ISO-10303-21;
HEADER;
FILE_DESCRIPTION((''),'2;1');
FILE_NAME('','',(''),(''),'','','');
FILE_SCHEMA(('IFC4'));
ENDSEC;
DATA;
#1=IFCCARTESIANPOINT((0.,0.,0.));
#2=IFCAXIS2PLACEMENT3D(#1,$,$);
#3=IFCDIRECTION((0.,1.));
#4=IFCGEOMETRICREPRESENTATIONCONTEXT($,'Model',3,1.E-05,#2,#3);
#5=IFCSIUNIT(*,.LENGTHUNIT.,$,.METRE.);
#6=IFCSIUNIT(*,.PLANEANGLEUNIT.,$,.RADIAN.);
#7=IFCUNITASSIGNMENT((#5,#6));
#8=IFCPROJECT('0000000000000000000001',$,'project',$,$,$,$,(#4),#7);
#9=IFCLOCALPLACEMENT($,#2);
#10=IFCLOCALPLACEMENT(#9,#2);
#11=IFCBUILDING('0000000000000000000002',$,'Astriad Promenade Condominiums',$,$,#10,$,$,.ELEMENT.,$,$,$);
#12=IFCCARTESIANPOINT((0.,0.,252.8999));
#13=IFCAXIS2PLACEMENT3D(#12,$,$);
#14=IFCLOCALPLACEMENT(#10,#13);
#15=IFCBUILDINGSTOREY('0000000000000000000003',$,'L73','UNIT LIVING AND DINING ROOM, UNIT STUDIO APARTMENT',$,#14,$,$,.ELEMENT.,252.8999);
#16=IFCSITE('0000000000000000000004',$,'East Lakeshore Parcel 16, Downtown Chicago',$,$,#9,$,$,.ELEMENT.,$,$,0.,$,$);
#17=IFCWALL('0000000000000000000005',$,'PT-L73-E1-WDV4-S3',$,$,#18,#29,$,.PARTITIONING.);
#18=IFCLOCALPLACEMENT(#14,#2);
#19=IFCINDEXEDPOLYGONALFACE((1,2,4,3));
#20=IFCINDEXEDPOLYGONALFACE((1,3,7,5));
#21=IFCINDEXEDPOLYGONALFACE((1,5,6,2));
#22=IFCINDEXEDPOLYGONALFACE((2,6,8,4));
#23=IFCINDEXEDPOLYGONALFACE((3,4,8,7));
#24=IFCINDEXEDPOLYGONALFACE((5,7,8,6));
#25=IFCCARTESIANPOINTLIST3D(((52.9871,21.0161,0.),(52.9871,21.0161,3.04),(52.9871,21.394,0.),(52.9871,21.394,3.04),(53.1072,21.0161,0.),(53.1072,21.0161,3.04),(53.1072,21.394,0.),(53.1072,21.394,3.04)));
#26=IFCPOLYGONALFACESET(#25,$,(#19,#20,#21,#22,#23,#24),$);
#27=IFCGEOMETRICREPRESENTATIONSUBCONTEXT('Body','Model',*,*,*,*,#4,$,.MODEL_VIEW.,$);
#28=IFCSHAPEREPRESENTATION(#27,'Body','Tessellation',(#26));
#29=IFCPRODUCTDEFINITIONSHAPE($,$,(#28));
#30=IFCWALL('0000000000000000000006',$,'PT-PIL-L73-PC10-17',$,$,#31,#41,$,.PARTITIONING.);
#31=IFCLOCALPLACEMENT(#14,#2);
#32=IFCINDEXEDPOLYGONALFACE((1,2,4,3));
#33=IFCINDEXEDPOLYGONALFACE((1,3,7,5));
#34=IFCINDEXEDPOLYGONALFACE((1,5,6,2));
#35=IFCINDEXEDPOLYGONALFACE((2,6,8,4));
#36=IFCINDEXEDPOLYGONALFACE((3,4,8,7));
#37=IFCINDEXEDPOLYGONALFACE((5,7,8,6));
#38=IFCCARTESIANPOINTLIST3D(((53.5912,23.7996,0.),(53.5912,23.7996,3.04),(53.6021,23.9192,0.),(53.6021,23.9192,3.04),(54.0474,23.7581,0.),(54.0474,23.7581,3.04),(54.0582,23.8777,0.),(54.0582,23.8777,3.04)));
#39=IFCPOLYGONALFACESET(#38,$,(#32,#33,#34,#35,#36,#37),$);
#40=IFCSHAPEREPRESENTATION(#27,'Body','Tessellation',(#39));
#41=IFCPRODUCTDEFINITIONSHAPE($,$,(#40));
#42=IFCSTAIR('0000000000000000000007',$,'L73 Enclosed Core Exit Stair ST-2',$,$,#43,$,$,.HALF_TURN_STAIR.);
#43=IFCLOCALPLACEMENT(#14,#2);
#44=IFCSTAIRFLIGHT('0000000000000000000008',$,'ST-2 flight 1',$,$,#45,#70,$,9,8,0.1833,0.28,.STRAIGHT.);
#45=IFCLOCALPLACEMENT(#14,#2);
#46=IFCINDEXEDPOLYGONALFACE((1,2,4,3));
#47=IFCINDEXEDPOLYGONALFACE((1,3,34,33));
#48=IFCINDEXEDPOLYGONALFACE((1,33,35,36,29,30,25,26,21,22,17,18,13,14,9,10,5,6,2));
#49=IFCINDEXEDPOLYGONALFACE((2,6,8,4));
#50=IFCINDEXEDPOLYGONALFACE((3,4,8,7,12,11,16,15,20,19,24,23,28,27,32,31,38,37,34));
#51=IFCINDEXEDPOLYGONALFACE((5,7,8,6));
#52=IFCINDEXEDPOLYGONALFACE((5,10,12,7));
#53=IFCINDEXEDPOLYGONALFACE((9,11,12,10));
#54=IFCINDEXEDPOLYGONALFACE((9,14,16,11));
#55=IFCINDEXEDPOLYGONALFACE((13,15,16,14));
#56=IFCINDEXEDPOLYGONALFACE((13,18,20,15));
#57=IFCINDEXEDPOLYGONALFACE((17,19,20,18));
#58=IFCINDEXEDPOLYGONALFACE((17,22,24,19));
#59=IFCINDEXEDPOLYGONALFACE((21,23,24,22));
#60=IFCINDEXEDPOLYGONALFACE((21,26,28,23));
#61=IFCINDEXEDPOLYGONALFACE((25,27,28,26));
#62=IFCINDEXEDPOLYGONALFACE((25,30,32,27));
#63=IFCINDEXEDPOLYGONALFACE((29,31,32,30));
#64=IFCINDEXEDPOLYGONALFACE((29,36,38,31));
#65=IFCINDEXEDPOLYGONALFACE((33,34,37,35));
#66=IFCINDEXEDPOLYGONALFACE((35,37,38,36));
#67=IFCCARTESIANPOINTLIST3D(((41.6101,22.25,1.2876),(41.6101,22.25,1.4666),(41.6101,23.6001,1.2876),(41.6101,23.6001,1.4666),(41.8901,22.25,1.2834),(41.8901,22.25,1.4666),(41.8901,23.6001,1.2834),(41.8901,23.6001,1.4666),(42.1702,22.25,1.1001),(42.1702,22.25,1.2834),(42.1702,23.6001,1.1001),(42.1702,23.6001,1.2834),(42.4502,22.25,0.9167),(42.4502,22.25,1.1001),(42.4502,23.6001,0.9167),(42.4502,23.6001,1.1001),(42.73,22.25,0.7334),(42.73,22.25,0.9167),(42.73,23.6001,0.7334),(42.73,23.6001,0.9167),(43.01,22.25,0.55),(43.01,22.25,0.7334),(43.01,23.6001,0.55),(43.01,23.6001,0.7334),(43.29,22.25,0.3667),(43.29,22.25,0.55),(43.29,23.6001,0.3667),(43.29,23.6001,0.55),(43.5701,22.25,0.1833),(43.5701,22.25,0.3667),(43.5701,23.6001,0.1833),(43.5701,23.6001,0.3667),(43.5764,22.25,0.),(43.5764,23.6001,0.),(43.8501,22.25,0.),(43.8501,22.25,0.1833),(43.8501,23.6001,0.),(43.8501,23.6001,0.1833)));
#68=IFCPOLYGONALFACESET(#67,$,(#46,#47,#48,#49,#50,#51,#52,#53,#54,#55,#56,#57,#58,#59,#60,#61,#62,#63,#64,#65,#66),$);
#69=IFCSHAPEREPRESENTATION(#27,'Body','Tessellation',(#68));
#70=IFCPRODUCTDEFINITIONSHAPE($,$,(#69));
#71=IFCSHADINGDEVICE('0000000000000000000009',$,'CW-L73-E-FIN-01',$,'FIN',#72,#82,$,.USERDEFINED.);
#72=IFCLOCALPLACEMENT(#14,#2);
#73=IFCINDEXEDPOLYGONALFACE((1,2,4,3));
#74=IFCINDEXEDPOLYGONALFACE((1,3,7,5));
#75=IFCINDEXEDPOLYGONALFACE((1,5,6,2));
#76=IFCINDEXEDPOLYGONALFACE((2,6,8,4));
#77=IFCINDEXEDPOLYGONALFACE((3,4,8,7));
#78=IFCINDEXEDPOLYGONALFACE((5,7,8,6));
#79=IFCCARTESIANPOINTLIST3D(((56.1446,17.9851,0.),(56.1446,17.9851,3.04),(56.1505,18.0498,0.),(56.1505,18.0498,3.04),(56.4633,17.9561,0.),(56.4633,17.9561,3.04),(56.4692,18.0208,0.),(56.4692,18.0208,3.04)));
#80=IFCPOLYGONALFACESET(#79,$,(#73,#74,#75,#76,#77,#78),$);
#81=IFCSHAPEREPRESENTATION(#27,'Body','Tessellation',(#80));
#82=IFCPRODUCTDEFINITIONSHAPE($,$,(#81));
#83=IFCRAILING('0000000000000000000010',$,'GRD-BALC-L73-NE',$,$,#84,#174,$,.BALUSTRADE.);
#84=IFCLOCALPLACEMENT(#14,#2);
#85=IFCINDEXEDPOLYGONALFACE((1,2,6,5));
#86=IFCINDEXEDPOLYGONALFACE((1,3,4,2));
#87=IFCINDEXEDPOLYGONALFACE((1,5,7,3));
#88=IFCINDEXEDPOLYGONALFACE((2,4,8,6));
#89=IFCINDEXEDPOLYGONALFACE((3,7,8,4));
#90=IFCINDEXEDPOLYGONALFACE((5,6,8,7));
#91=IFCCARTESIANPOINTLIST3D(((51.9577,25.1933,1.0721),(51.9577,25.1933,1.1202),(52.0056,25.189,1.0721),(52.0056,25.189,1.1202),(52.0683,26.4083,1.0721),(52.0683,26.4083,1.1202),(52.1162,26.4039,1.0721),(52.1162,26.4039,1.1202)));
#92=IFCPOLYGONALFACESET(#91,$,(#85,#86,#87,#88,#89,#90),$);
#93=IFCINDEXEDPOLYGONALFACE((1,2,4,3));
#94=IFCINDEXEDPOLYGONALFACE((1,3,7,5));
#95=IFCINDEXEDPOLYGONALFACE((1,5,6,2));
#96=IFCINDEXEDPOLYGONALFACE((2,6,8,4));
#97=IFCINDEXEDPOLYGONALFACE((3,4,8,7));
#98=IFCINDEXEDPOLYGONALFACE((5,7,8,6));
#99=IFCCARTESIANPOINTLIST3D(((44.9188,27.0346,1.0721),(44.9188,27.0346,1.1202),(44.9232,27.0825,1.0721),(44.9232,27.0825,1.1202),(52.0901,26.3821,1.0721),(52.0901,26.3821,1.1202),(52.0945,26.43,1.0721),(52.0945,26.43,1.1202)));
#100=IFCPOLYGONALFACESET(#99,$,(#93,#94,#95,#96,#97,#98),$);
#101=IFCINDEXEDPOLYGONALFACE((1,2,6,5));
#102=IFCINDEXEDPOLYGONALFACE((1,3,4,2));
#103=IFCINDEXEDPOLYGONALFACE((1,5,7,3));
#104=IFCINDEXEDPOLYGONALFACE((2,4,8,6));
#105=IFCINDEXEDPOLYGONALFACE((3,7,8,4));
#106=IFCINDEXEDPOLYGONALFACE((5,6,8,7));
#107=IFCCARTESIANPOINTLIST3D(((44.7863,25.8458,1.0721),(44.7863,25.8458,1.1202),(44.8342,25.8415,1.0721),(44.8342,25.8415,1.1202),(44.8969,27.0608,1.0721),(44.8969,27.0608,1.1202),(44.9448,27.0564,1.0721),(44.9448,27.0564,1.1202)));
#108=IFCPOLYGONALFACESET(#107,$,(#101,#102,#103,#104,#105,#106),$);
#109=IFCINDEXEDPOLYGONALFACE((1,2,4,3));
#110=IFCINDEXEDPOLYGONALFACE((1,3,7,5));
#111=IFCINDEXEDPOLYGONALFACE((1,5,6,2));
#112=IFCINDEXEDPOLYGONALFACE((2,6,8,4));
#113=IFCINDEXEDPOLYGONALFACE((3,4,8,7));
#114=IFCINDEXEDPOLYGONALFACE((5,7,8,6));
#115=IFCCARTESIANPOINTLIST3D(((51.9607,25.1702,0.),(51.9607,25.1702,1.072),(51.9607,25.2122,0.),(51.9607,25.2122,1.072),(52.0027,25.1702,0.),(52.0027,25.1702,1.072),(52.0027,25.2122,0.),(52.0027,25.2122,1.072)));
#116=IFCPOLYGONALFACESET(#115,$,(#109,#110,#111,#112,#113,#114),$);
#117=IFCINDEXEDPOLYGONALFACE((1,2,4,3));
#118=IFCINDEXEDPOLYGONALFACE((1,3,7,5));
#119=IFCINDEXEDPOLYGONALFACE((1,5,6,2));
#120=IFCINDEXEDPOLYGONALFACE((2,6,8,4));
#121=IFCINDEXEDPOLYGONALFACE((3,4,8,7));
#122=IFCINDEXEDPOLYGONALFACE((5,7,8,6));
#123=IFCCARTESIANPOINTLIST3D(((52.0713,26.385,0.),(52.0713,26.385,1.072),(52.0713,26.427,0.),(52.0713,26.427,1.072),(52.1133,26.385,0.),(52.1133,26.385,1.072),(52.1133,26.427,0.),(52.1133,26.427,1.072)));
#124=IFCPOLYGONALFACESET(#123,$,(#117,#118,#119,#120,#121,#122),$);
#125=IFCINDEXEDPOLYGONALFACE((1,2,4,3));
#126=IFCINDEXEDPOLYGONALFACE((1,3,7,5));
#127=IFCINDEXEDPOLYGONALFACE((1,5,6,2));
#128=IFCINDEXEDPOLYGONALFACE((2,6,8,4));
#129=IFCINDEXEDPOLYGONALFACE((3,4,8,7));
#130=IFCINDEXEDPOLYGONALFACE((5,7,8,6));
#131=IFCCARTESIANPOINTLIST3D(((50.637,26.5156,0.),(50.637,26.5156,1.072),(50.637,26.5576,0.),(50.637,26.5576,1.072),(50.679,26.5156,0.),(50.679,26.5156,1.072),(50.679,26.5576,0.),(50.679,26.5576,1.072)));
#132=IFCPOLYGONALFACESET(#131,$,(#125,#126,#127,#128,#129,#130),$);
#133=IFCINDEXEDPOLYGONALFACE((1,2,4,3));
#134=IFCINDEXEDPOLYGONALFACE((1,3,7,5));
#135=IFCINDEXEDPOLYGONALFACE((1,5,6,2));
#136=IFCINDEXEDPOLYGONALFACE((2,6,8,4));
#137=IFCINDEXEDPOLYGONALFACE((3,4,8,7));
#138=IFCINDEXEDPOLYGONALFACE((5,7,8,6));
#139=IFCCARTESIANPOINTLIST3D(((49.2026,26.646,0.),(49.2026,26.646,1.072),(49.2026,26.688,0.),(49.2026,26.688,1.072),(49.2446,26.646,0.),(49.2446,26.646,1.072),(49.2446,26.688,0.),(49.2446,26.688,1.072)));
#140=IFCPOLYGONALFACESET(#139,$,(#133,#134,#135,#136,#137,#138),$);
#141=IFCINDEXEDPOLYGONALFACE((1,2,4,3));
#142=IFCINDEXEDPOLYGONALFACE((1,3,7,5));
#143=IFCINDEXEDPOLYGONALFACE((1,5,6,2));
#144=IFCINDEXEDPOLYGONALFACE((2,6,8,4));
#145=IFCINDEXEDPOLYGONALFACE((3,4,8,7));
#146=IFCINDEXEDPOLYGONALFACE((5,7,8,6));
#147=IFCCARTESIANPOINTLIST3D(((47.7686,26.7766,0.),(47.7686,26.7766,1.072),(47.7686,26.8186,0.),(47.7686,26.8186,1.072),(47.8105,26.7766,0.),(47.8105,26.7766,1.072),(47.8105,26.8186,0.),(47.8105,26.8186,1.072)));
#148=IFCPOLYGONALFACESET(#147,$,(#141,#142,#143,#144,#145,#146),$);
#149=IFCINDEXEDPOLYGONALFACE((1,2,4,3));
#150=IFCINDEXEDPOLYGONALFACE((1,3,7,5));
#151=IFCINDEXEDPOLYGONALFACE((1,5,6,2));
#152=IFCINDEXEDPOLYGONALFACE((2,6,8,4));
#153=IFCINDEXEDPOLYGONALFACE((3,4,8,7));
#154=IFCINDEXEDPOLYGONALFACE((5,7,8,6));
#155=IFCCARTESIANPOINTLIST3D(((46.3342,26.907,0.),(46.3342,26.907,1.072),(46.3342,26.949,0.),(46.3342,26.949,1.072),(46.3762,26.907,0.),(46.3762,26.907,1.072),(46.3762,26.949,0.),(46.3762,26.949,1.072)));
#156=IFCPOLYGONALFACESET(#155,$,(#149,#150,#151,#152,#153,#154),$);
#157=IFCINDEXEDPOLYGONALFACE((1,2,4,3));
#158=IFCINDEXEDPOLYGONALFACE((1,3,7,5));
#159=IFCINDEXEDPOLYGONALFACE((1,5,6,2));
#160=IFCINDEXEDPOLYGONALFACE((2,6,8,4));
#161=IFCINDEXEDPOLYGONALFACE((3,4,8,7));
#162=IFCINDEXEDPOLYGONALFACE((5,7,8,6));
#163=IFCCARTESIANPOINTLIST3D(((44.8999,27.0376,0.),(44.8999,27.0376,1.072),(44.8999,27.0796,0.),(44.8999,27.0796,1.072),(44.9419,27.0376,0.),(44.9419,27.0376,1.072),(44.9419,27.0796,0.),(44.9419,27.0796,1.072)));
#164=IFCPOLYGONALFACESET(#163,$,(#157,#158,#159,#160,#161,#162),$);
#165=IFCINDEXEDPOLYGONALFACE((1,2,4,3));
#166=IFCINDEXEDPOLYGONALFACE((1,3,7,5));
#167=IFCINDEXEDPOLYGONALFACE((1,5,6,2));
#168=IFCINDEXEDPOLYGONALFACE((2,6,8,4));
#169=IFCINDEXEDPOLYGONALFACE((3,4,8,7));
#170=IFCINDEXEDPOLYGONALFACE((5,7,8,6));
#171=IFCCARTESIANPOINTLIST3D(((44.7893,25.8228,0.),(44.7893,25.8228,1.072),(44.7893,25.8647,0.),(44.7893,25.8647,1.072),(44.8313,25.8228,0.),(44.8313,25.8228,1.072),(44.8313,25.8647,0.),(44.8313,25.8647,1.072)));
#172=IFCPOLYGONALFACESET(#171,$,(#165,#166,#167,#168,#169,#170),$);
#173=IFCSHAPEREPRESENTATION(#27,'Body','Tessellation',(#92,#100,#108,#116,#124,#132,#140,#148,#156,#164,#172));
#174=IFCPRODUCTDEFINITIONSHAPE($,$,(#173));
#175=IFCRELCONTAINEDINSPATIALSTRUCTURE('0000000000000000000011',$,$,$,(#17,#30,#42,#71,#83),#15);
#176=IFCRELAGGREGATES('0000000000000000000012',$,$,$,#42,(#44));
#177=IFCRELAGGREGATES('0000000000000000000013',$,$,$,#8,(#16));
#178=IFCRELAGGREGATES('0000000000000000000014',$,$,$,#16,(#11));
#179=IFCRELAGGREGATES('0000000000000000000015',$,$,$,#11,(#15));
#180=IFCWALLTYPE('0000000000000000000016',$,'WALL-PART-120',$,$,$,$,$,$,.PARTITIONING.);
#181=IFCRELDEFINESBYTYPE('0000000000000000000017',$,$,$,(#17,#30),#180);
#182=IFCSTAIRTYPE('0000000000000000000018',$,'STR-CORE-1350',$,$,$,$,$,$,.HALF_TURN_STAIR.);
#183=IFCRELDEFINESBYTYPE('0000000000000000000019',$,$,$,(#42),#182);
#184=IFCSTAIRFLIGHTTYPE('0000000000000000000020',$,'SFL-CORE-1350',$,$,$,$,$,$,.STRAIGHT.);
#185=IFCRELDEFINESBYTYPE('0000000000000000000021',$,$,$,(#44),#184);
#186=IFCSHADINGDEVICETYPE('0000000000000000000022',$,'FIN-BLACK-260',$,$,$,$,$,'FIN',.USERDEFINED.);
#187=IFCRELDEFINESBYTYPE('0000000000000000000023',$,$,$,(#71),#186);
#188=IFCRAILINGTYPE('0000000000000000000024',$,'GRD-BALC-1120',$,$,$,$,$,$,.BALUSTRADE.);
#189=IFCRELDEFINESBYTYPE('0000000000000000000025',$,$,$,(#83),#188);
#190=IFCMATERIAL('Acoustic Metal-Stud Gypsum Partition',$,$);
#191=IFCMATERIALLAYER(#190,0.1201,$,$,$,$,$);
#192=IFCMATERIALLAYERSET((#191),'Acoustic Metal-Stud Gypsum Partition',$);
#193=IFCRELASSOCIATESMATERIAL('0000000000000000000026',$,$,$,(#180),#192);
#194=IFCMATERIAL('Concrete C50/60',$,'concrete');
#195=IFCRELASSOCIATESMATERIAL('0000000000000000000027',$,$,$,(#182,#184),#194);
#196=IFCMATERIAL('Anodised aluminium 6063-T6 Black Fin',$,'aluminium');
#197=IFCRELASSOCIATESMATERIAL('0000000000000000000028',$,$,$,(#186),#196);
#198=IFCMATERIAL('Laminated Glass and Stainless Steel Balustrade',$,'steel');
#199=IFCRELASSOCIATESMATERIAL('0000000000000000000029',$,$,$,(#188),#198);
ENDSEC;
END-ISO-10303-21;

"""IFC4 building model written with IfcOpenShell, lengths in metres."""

from ifc_helpers import new_model, si_unit, direction, frame, frame_2d, origin, origin_2d, place, context, subcontext, project, spatial, polyline, rectangle, outline, extrude, source, transform, mapped, material, layer, layer_set, type_object, type_shapes, element, aggregate, save


model = new_model("IFC4")

# Units and contexts
model_context = context("Model", 3, precision=1e-05, world=origin(), true_north=direction((0.0, 1.0)))
body_context = subcontext(model_context, "Body", "Model", "MODEL_VIEW")
ifc_project = project(units=[si_unit("LENGTHUNIT", "METRE"), si_unit("PLANEANGLEUNIT", "RADIAN")], contexts=[model_context])

# Site, building, storey
site_placement = place(None, origin())
site = spatial("IfcSite", under=ifc_project, at=site_placement, Name="East Lakeshore Parcel 16, Downtown Chicago", CompositionType="ELEMENT", RefElevation=0.0)
building_placement = place(site_placement, origin())
building = spatial("IfcBuilding", under=site, at=building_placement, Name="Astriad Promenade Condominiums", CompositionType="ELEMENT")
storey_placement = place(building_placement, frame((0.0, 0.0, 252.8999)))
storey = spatial("IfcBuildingStorey", under=building, at=storey_placement, Name="L73", Description="UNIT LIVING AND DINING ROOM, UNIT STUDIO APARTMENT", CompositionType="ELEMENT", Elevation=252.8999)

# Shared definitions
ifc_material_1 = material(Name="Concrete C50/60", Category="concrete")

# Shared definitions
ifc_material_2 = material(Name="Acoustic Metal-Stud Gypsum Partition")
ifc_layer_1 = layer(ifc_material_2, 0.1201)
ifc_layer_set_1 = layer_set([ifc_layer_1], Name="Acoustic Metal-Stud Gypsum Partition")
wall_type_1 = type_object("IfcWallType", Name="WALL-PART-120", PredefinedType="PARTITIONING", material=ifc_layer_set_1)

# Walls
wall_1_placement = place(storey_placement, frame((53.0471, 21.0161, 0.0), z_axis=(0.0, 0.0, 1.0), x_axis=(0.0, 1.0, 0.0)))
element("IfcWall", 1, at=wall_1_placement, inside=storey, type_object=wall_type_1, Name="PT-L73-E1-WDV4-S3", PredefinedType="PARTITIONING", context=body_context, shape_type="SweptSolid", body=[
    extrude(rectangle(XDim=0.3779, YDim=0.1201, at=frame_2d((0.189, 0.0))), origin(), (0.0, 0.0, 1.0), 3.04),
])
wall_2_placement = place(storey_placement, frame((53.5967, 23.8594, 0.0), z_axis=(0.0, 0.0, 1.0), x_axis=(0.995884, -0.090632, 0.0)))
element("IfcWall", 2, at=wall_2_placement, inside=storey, type_object=wall_type_1, Name="PT-PIL-L73-PC10-17", PredefinedType="PARTITIONING", context=body_context, shape_type="SweptSolid", body=[
    extrude(rectangle(XDim=0.458, YDim=0.1201, at=frame_2d((0.229, 0.0))), origin(), (0.0, 0.0, 1.0), 3.04),
])

# Stair, stair flight
stair_type = type_object("IfcStairType", Name="STR-CORE-1350", PredefinedType="HALF_TURN_STAIR", material=ifc_material_1)
stair_placement = place(storey_placement, origin())
stair = element("IfcStair", 3, at=stair_placement, inside=storey, type_object=stair_type, Name="L73 Enclosed Core Exit Stair ST-2", PredefinedType="HALF_TURN_STAIR")
stair_flight_type = type_object("IfcStairFlightType", Name="SFL-CORE-1350", PredefinedType="STRAIGHT", material=ifc_material_1)
shared_shape_1 = source(origin(), body_context, "Body", "SweptSolid", [
    extrude(outline(polyline([(0.0, 0.0), (0.0, 0.1833), (0.28, 0.1833), (0.28, 0.3667), (0.5601, 0.3667), (0.5601, 0.55), (0.8401, 0.55), (0.8401, 0.7334), (1.1201, 0.7334), (1.1201, 0.9167), (1.3999, 0.9167), (1.3999, 1.1001), (1.6799, 1.1001), (1.6799, 1.2834), (1.96, 1.2834), (1.96, 1.4666), (2.24, 1.4666), (2.24, 1.6499), (2.24, 1.2876), (0.2737, 0.0), (0.0, 0.0)])), frame((0.0, 0.675, 0.0), z_axis=(0.0, -1.0, 0.0), x_axis=(1.0, 0.0, 0.0)), (0.0, 0.0, 1.0), 1.3501),
])
type_shapes(stair_flight_type, [shared_shape_1])
stair_flight_placement = place(storey_placement, frame((43.8501, 22.925, 0.0), z_axis=(0.0, 0.0, 1.0), x_axis=(-1.0, 0.0, 0.0)))
stair_flight = element("IfcStairFlight", 4, at=stair_flight_placement, type_object=stair_flight_type, Name="ST-2 flight 1", NumberOfRisers=9, NumberOfTreads=8, PredefinedType="STRAIGHT", RiserHeight=0.1833, TreadLength=0.28, context=body_context, shape_type="MappedRepresentation", body=[
    mapped(shared_shape_1, transform((0.0, 0.0, 0.0), scale=1.0)),
])
aggregate(stair, [stair_flight])

# Shading device
ifc_material_3 = material(Name="Anodised aluminium 6063-T6 Black Fin", Category="aluminium")
shading_device_type = type_object("IfcShadingDeviceType", Name="FIN-BLACK-260", ElementType="FIN", PredefinedType="USERDEFINED", material=ifc_material_3)
shared_shape_2 = source(origin(), body_context, "Body", "SweptSolid", [
    extrude(rectangle(XDim=0.0649, YDim=0.3201, at=origin_2d()), origin(), (0.0, 0.0, 1.0), 3.04),
])
type_shapes(shading_device_type, [shared_shape_2])
shading_device_placement = place(storey_placement, frame((56.3069, 18.0029, 0.0), z_axis=(0.0, 0.0, 1.0), x_axis=(-0.090633, -0.995884, 0.0)))
element("IfcShadingDevice", 5, at=shading_device_placement, inside=storey, type_object=shading_device_type, Name="CW-L73-E-FIN-01", ObjectType="FIN", PredefinedType="USERDEFINED", context=body_context, shape_type="MappedRepresentation", body=[
    mapped(shared_shape_2, transform((0.0, 0.0, 0.0), scale=1.0)),
])

# Railing
ifc_material_4 = material(Name="Laminated Glass and Stainless Steel Balustrade", Category="steel")
railing_type_1 = type_object("IfcRailingType", Name="GRD-BALC-1120", PredefinedType="BALUSTRADE", material=ifc_material_4)
shared_shape_3 = source(origin(), body_context, "Body", "SweptSolid", [
    extrude(rectangle(XDim=0.0481, YDim=0.0481, at=origin_2d()), frame((0.0, 0.0, 1.0962), z_axis=(0.090662, 0.995882, 0.0), x_axis=(-0.995882, 0.090662, 0.0)), (0.0, 0.0, 1.0), 1.22),
    extrude(rectangle(XDim=0.0481, YDim=0.0481, at=origin_2d()), frame((0.1106, 1.2148, 1.0962), z_axis=(-0.995885, 0.090624, 0.0), x_axis=(-0.090624, -0.995885, 0.0)), (0.0, 0.0, 1.0), 7.2009),
    extrude(rectangle(XDim=0.0481, YDim=0.0481, at=origin_2d()), frame((-7.0608, 1.8674, 1.0962), z_axis=(-0.090662, -0.995882, 0.0), x_axis=(0.995882, -0.090662, 0.0)), (0.0, 0.0, 1.0), 1.22),
    extrude(rectangle(XDim=0.042, YDim=0.042, at=origin_2d()), origin(), (0.0, 0.0, 1.0), 1.072),
    extrude(rectangle(XDim=0.042, YDim=0.042, at=origin_2d()), frame((0.1106, 1.2148, 0.0)), (0.0, 0.0, 1.0), 1.072),
    extrude(rectangle(XDim=0.042, YDim=0.042, at=origin_2d()), frame((-1.3237, 1.3455, 0.0)), (0.0, 0.0, 1.0), 1.072),
    extrude(rectangle(XDim=0.042, YDim=0.042, at=origin_2d()), frame((-2.7581, 1.4758, 0.0)), (0.0, 0.0, 1.0), 1.072),
    extrude(rectangle(XDim=0.042, YDim=0.042, at=origin_2d()), frame((-4.1921, 1.6064, 0.0)), (0.0, 0.0, 1.0), 1.072),
    extrude(rectangle(XDim=0.042, YDim=0.042, at=origin_2d()), frame((-5.6265, 1.7368, 0.0)), (0.0, 0.0, 1.0), 1.072),
    extrude(rectangle(XDim=0.042, YDim=0.042, at=origin_2d()), frame((-7.0608, 1.8674, 0.0)), (0.0, 0.0, 1.0), 1.072),
    extrude(rectangle(XDim=0.042, YDim=0.042, at=origin_2d()), frame((-7.1714, 0.6526, 0.0)), (0.0, 0.0, 1.0), 1.072),
])
type_shapes(railing_type_1, [shared_shape_3])
railing_1_placement = place(storey_placement, frame((51.9817, 25.1912, 0.0)))
element("IfcRailing", 6, at=railing_1_placement, inside=storey, type_object=railing_type_1, Name="GRD-BALC-L73-NE", PredefinedType="BALUSTRADE", context=body_context, shape_type="MappedRepresentation", body=[
    mapped(shared_shape_3, transform((0.0, 0.0, 0.0), scale=1.0)),
])

save(model, "model.ifc")
